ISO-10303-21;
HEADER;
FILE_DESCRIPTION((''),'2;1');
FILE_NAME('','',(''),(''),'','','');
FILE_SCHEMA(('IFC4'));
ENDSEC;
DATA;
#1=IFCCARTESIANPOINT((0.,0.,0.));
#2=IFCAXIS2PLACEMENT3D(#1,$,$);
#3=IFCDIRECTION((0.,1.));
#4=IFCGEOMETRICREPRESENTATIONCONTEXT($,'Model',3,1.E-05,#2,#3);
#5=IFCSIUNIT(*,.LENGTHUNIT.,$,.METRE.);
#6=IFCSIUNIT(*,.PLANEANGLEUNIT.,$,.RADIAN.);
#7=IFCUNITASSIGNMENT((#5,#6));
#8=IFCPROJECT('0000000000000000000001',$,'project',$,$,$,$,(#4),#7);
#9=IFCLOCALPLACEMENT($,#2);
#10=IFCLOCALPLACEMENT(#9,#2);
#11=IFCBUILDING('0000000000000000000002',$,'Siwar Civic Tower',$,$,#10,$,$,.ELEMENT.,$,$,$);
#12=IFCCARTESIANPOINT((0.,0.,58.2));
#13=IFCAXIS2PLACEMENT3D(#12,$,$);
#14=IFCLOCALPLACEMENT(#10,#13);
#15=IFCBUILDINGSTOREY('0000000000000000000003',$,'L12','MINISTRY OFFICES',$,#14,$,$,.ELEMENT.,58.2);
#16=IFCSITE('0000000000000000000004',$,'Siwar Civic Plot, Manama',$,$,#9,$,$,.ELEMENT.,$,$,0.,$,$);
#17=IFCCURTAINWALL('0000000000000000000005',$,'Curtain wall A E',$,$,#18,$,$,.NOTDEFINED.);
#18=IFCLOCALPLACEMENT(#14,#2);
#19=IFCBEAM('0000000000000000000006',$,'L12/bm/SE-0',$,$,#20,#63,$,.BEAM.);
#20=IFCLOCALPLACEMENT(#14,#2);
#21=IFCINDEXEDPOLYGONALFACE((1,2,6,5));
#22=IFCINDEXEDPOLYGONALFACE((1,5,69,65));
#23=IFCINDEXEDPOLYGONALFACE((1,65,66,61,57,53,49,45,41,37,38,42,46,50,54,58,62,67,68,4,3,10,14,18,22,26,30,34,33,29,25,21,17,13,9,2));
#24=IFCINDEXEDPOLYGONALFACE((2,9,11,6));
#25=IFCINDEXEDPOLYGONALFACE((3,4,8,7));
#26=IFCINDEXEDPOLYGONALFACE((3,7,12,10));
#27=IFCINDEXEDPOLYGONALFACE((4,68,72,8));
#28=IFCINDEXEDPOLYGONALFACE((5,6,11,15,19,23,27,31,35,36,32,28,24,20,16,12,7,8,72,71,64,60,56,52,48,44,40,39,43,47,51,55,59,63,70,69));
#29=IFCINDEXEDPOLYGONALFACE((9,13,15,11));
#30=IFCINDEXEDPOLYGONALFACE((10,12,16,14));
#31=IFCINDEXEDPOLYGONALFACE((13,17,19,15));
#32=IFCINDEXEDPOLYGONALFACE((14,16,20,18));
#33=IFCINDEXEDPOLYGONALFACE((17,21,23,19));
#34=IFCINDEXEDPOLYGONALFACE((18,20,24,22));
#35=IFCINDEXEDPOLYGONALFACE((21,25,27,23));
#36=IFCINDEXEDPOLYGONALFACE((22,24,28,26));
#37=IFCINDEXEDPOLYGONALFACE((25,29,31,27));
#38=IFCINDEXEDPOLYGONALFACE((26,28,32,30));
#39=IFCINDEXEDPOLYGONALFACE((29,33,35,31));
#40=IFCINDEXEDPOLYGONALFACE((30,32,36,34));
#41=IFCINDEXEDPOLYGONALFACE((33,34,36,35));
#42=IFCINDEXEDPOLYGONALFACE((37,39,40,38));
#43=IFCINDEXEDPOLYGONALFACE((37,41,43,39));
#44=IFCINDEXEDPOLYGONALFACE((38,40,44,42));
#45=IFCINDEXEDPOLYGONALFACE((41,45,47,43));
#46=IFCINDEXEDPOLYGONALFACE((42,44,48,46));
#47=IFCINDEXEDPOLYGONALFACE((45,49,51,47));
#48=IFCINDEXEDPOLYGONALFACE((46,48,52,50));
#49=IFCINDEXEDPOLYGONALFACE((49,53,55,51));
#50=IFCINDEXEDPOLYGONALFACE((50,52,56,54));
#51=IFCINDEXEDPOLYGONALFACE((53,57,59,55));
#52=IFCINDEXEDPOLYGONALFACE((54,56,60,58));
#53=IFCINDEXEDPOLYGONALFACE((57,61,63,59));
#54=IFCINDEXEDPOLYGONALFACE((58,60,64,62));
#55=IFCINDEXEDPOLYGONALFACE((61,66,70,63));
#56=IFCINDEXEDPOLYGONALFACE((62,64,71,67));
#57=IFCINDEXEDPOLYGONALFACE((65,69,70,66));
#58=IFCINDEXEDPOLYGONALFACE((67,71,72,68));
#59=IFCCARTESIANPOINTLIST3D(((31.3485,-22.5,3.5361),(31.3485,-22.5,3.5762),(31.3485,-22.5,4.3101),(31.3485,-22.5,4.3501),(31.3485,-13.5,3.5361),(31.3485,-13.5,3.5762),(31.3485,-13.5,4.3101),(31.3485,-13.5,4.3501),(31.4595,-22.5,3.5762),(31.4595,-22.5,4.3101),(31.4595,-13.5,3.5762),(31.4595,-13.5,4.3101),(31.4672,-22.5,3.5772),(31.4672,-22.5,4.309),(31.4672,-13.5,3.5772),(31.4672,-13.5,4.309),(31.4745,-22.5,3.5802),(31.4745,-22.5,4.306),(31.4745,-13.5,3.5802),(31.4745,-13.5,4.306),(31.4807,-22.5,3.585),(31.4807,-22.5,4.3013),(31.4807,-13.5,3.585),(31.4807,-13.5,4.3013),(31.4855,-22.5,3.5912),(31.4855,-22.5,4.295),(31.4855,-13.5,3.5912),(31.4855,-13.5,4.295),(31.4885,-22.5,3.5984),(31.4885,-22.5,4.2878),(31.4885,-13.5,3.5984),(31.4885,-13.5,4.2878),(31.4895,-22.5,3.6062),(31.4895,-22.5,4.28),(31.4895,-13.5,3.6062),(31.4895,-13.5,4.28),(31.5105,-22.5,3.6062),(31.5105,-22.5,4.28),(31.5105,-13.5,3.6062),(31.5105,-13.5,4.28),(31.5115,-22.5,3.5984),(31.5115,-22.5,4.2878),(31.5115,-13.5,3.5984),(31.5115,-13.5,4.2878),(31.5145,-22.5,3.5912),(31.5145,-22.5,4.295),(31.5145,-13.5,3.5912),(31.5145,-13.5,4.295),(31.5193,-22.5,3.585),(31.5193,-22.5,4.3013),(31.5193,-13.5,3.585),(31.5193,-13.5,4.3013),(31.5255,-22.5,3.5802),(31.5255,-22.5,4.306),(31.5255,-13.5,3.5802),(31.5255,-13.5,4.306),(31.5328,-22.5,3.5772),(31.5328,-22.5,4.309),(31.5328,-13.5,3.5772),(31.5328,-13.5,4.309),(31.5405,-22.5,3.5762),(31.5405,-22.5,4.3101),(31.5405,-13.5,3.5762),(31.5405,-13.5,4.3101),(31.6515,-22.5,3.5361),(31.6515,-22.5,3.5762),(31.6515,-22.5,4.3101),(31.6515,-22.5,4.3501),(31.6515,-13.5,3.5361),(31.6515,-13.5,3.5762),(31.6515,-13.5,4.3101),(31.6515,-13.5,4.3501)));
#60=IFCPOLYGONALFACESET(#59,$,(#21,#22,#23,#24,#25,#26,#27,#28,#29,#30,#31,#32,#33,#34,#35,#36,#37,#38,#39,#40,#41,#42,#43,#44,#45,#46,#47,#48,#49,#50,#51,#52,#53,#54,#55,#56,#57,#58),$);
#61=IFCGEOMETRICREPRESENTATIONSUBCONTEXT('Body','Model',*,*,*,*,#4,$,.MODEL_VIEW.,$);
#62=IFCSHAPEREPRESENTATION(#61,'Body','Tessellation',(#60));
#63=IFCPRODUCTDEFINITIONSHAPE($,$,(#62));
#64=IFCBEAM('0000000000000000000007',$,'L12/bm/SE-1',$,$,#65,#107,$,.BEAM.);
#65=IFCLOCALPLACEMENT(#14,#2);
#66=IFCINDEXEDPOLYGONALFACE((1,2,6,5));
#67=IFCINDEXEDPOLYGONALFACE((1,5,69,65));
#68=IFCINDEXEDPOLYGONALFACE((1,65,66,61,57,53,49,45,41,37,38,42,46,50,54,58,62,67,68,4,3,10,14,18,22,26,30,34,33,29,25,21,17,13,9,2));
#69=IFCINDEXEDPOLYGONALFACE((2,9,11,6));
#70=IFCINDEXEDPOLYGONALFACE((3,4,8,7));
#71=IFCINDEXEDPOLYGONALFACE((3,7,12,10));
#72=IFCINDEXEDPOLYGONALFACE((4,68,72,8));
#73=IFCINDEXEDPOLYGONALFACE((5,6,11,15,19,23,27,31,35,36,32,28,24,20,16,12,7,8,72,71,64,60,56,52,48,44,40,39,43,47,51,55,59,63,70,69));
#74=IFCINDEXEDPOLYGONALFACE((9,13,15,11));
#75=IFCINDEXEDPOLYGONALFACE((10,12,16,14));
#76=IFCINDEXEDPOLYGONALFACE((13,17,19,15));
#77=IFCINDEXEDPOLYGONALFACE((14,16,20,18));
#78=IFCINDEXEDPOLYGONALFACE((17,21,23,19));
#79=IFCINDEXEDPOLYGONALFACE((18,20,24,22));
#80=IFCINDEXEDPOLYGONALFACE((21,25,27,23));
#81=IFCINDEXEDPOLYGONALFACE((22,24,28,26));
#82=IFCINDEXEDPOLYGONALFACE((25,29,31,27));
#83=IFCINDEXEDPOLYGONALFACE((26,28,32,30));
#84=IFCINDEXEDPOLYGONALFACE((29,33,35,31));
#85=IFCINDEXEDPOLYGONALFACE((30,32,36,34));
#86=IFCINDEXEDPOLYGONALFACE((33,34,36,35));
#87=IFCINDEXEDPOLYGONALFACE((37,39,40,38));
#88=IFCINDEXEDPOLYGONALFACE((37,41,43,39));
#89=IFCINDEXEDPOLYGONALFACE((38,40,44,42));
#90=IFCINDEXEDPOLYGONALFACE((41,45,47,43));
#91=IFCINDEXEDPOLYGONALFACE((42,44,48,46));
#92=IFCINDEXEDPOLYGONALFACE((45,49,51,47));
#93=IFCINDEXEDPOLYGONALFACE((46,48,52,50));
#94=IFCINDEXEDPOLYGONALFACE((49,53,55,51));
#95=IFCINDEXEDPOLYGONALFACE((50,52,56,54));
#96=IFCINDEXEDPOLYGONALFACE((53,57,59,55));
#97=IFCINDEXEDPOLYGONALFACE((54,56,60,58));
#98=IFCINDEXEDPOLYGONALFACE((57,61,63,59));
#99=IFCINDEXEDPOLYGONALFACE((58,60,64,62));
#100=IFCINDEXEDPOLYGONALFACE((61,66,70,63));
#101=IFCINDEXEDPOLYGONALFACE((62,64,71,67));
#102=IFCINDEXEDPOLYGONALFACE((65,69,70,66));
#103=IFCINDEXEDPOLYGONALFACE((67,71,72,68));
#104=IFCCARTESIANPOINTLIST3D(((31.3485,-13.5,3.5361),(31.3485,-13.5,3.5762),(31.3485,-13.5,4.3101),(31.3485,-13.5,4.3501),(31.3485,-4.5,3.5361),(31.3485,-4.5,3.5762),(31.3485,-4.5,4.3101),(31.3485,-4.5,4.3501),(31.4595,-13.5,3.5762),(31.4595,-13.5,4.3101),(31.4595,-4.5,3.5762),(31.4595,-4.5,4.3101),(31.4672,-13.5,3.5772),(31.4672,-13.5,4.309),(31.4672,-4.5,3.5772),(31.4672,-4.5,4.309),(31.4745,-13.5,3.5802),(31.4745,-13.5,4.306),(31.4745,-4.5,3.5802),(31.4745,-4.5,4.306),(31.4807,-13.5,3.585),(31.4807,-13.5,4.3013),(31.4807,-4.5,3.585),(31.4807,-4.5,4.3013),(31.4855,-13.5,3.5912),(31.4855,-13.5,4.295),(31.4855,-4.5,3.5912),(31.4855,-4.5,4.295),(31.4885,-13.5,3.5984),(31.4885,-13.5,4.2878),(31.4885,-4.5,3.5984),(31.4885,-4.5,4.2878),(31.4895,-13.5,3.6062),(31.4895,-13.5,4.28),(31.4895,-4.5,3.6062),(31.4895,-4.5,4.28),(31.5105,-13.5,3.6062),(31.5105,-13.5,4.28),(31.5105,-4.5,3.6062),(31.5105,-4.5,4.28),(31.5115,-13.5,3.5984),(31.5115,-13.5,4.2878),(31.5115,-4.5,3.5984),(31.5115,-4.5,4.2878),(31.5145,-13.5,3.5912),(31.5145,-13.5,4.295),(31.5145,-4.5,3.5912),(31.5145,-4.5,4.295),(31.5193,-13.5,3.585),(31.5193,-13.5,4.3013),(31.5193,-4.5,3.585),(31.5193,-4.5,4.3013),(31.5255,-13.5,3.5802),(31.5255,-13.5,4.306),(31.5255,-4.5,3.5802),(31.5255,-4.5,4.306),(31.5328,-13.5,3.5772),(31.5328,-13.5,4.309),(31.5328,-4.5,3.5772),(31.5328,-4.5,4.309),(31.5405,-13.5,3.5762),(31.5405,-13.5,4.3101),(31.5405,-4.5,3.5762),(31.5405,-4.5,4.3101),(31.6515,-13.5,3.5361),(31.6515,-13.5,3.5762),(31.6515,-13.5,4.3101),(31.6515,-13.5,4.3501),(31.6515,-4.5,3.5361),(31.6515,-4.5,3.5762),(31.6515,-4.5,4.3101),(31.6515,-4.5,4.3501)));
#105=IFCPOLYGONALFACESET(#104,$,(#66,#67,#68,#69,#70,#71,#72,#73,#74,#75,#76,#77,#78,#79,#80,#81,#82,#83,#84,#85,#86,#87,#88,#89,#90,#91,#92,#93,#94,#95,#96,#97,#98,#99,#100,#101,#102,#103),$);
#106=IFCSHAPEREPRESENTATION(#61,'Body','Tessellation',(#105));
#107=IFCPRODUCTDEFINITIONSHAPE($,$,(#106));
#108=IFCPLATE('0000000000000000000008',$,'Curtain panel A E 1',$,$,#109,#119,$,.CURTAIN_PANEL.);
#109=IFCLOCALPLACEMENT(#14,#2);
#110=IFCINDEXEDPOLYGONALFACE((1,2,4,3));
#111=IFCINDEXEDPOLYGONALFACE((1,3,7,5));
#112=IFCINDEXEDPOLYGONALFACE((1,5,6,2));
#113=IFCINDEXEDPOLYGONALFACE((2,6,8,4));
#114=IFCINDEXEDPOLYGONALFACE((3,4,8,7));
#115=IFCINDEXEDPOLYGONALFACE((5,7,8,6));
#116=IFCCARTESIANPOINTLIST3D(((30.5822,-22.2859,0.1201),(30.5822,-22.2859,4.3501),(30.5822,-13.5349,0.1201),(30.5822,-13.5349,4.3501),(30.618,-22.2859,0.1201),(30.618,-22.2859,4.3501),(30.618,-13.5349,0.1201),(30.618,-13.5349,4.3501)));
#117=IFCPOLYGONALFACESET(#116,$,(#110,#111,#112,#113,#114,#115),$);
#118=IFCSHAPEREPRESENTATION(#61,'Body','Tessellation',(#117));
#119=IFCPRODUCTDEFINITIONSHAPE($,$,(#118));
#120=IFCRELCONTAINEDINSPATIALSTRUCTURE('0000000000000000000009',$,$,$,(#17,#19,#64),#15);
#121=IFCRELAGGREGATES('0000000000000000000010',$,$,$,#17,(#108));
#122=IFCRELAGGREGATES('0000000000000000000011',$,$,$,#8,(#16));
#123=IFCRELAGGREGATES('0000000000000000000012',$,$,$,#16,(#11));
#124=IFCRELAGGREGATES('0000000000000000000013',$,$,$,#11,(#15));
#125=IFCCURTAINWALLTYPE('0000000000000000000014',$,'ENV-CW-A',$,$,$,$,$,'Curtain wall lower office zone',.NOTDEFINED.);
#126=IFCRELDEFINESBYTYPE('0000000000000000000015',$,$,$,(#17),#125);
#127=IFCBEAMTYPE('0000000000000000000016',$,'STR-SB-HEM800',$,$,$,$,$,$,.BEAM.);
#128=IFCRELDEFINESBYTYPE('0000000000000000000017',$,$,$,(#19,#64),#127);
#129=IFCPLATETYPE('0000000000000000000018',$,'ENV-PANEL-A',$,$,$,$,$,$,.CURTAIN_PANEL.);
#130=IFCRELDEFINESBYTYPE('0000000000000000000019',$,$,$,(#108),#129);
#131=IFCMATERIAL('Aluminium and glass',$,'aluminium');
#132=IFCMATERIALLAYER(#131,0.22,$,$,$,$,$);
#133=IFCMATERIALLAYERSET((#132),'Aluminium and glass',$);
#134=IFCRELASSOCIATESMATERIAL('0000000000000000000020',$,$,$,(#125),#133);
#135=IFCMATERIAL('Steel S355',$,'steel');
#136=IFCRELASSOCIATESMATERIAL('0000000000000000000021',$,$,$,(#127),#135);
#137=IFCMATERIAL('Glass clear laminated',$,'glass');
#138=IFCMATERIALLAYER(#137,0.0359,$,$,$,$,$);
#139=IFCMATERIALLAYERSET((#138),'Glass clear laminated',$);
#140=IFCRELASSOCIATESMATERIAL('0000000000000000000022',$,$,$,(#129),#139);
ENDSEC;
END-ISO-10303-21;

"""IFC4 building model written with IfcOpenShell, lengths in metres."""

from ifc_helpers import new_model, si_unit, direction, frame, origin, origin_2d, place, context, subcontext, project, spatial, rectangle, i_section, extrude, material, layer, layer_set, material_profile, profile_set, type_object, element, aggregate, save


model = new_model("IFC4")

# Units and contexts
model_context = context("Model", 3, precision=1e-05, world=origin(), true_north=direction((0.0, 1.0)))
body_context = subcontext(model_context, "Body", "Model", "MODEL_VIEW")
ifc_project = project(units=[si_unit("LENGTHUNIT", "METRE"), si_unit("PLANEANGLEUNIT", "RADIAN")], contexts=[model_context])

# Site, building, storey
site_placement = place(None, origin())
site = spatial("IfcSite", under=ifc_project, at=site_placement, Name="Siwar Civic Plot, Manama", CompositionType="ELEMENT", RefElevation=0.0)
building_placement = place(site_placement, origin())
building = spatial("IfcBuilding", under=site, at=building_placement, Name="Siwar Civic Tower", CompositionType="ELEMENT")
storey_placement = place(building_placement, frame((0.0, 0.0, 58.2)))
storey = spatial("IfcBuildingStorey", under=building, at=storey_placement, Name="L12", Description="MINISTRY OFFICES", CompositionType="ELEMENT", Elevation=58.2)

# Curtain wall
ifc_material_1 = material(Name="Aluminium and glass", Category="aluminium")
ifc_layer_1 = layer(ifc_material_1, 0.22)
ifc_layer_set_1 = layer_set([ifc_layer_1], Name="Aluminium and glass")
curtain_wall_type = type_object("IfcCurtainWallType", Name="ENV-CW-A", ElementType="Curtain wall lower office zone", PredefinedType="NOTDEFINED", material=ifc_layer_set_1)
curtain_wall_placement = place(storey_placement, origin())
curtain_wall = element("IfcCurtainWall", 1, at=curtain_wall_placement, inside=storey, type_object=curtain_wall_type, Name="Curtain wall A E", PredefinedType="NOTDEFINED")

# Beams
ifc_material_2 = material(Name="Steel S355", Category="steel")
ifc_material_profile_1 = material_profile(ifc_material_2, i_section(OverallWidth=0.303, OverallDepth=0.814, WebThickness=0.021, FlangeThickness=0.04, FilletRadius=0.03, at=origin_2d()), Name="HEM800")
ifc_profile_set_1 = profile_set([ifc_material_profile_1], Name="Steel S355")
beam_type_1 = type_object("IfcBeamType", Name="STR-SB-HEM800", PredefinedType="BEAM", material=ifc_profile_set_1)
for number, where, z_axis, x_axis, name in (
    (2, (31.5, -22.5, 3.9431), (0.0, 1.0, 0.0), (-1.0, 0.0, 0.0), "L12/bm/SE-0"),
    (3, (31.5, -13.5, 3.9431), (0.0, 1.0, 0.0), (-1.0, 0.0, 0.0), "L12/bm/SE-1"),
):
    element("IfcBeam", number, at=place(storey_placement, frame(where, z_axis=z_axis, x_axis=x_axis)), inside=storey, type_object=beam_type_1, Name=name, PredefinedType="BEAM", context=body_context, shape_type="SweptSolid", body=[
        extrude(i_section(OverallWidth=0.303, OverallDepth=0.814, WebThickness=0.021, FlangeThickness=0.04, FilletRadius=0.03, at=origin_2d()), origin(), (0.0, 0.0, 1.0), 9.0),
    ])

# Plate
ifc_material_3 = material(Name="Glass clear laminated", Category="glass")
ifc_layer_2 = layer(ifc_material_3, 0.0359)
ifc_layer_set_2 = layer_set([ifc_layer_2], Name="Glass clear laminated")
plate_type = type_object("IfcPlateType", Name="ENV-PANEL-A", PredefinedType="CURTAIN_PANEL", material=ifc_layer_set_2)
plate_placement = place(storey_placement, frame((30.6001, -17.9104, 0.1201), z_axis=(0.0, 0.0, 1.0), x_axis=(0.0, 1.0, 0.0)))
plate = element("IfcPlate", 4, at=plate_placement, type_object=plate_type, Name="Curtain panel A E 1", PredefinedType="CURTAIN_PANEL", context=body_context, shape_type="SweptSolid", body=[
    extrude(rectangle(XDim=8.751, YDim=0.0359, at=origin_2d()), origin(), (0.0, 0.0, 1.0), 4.23),
])
aggregate(curtain_wall, [plate])

save(model, "model.ifc")
